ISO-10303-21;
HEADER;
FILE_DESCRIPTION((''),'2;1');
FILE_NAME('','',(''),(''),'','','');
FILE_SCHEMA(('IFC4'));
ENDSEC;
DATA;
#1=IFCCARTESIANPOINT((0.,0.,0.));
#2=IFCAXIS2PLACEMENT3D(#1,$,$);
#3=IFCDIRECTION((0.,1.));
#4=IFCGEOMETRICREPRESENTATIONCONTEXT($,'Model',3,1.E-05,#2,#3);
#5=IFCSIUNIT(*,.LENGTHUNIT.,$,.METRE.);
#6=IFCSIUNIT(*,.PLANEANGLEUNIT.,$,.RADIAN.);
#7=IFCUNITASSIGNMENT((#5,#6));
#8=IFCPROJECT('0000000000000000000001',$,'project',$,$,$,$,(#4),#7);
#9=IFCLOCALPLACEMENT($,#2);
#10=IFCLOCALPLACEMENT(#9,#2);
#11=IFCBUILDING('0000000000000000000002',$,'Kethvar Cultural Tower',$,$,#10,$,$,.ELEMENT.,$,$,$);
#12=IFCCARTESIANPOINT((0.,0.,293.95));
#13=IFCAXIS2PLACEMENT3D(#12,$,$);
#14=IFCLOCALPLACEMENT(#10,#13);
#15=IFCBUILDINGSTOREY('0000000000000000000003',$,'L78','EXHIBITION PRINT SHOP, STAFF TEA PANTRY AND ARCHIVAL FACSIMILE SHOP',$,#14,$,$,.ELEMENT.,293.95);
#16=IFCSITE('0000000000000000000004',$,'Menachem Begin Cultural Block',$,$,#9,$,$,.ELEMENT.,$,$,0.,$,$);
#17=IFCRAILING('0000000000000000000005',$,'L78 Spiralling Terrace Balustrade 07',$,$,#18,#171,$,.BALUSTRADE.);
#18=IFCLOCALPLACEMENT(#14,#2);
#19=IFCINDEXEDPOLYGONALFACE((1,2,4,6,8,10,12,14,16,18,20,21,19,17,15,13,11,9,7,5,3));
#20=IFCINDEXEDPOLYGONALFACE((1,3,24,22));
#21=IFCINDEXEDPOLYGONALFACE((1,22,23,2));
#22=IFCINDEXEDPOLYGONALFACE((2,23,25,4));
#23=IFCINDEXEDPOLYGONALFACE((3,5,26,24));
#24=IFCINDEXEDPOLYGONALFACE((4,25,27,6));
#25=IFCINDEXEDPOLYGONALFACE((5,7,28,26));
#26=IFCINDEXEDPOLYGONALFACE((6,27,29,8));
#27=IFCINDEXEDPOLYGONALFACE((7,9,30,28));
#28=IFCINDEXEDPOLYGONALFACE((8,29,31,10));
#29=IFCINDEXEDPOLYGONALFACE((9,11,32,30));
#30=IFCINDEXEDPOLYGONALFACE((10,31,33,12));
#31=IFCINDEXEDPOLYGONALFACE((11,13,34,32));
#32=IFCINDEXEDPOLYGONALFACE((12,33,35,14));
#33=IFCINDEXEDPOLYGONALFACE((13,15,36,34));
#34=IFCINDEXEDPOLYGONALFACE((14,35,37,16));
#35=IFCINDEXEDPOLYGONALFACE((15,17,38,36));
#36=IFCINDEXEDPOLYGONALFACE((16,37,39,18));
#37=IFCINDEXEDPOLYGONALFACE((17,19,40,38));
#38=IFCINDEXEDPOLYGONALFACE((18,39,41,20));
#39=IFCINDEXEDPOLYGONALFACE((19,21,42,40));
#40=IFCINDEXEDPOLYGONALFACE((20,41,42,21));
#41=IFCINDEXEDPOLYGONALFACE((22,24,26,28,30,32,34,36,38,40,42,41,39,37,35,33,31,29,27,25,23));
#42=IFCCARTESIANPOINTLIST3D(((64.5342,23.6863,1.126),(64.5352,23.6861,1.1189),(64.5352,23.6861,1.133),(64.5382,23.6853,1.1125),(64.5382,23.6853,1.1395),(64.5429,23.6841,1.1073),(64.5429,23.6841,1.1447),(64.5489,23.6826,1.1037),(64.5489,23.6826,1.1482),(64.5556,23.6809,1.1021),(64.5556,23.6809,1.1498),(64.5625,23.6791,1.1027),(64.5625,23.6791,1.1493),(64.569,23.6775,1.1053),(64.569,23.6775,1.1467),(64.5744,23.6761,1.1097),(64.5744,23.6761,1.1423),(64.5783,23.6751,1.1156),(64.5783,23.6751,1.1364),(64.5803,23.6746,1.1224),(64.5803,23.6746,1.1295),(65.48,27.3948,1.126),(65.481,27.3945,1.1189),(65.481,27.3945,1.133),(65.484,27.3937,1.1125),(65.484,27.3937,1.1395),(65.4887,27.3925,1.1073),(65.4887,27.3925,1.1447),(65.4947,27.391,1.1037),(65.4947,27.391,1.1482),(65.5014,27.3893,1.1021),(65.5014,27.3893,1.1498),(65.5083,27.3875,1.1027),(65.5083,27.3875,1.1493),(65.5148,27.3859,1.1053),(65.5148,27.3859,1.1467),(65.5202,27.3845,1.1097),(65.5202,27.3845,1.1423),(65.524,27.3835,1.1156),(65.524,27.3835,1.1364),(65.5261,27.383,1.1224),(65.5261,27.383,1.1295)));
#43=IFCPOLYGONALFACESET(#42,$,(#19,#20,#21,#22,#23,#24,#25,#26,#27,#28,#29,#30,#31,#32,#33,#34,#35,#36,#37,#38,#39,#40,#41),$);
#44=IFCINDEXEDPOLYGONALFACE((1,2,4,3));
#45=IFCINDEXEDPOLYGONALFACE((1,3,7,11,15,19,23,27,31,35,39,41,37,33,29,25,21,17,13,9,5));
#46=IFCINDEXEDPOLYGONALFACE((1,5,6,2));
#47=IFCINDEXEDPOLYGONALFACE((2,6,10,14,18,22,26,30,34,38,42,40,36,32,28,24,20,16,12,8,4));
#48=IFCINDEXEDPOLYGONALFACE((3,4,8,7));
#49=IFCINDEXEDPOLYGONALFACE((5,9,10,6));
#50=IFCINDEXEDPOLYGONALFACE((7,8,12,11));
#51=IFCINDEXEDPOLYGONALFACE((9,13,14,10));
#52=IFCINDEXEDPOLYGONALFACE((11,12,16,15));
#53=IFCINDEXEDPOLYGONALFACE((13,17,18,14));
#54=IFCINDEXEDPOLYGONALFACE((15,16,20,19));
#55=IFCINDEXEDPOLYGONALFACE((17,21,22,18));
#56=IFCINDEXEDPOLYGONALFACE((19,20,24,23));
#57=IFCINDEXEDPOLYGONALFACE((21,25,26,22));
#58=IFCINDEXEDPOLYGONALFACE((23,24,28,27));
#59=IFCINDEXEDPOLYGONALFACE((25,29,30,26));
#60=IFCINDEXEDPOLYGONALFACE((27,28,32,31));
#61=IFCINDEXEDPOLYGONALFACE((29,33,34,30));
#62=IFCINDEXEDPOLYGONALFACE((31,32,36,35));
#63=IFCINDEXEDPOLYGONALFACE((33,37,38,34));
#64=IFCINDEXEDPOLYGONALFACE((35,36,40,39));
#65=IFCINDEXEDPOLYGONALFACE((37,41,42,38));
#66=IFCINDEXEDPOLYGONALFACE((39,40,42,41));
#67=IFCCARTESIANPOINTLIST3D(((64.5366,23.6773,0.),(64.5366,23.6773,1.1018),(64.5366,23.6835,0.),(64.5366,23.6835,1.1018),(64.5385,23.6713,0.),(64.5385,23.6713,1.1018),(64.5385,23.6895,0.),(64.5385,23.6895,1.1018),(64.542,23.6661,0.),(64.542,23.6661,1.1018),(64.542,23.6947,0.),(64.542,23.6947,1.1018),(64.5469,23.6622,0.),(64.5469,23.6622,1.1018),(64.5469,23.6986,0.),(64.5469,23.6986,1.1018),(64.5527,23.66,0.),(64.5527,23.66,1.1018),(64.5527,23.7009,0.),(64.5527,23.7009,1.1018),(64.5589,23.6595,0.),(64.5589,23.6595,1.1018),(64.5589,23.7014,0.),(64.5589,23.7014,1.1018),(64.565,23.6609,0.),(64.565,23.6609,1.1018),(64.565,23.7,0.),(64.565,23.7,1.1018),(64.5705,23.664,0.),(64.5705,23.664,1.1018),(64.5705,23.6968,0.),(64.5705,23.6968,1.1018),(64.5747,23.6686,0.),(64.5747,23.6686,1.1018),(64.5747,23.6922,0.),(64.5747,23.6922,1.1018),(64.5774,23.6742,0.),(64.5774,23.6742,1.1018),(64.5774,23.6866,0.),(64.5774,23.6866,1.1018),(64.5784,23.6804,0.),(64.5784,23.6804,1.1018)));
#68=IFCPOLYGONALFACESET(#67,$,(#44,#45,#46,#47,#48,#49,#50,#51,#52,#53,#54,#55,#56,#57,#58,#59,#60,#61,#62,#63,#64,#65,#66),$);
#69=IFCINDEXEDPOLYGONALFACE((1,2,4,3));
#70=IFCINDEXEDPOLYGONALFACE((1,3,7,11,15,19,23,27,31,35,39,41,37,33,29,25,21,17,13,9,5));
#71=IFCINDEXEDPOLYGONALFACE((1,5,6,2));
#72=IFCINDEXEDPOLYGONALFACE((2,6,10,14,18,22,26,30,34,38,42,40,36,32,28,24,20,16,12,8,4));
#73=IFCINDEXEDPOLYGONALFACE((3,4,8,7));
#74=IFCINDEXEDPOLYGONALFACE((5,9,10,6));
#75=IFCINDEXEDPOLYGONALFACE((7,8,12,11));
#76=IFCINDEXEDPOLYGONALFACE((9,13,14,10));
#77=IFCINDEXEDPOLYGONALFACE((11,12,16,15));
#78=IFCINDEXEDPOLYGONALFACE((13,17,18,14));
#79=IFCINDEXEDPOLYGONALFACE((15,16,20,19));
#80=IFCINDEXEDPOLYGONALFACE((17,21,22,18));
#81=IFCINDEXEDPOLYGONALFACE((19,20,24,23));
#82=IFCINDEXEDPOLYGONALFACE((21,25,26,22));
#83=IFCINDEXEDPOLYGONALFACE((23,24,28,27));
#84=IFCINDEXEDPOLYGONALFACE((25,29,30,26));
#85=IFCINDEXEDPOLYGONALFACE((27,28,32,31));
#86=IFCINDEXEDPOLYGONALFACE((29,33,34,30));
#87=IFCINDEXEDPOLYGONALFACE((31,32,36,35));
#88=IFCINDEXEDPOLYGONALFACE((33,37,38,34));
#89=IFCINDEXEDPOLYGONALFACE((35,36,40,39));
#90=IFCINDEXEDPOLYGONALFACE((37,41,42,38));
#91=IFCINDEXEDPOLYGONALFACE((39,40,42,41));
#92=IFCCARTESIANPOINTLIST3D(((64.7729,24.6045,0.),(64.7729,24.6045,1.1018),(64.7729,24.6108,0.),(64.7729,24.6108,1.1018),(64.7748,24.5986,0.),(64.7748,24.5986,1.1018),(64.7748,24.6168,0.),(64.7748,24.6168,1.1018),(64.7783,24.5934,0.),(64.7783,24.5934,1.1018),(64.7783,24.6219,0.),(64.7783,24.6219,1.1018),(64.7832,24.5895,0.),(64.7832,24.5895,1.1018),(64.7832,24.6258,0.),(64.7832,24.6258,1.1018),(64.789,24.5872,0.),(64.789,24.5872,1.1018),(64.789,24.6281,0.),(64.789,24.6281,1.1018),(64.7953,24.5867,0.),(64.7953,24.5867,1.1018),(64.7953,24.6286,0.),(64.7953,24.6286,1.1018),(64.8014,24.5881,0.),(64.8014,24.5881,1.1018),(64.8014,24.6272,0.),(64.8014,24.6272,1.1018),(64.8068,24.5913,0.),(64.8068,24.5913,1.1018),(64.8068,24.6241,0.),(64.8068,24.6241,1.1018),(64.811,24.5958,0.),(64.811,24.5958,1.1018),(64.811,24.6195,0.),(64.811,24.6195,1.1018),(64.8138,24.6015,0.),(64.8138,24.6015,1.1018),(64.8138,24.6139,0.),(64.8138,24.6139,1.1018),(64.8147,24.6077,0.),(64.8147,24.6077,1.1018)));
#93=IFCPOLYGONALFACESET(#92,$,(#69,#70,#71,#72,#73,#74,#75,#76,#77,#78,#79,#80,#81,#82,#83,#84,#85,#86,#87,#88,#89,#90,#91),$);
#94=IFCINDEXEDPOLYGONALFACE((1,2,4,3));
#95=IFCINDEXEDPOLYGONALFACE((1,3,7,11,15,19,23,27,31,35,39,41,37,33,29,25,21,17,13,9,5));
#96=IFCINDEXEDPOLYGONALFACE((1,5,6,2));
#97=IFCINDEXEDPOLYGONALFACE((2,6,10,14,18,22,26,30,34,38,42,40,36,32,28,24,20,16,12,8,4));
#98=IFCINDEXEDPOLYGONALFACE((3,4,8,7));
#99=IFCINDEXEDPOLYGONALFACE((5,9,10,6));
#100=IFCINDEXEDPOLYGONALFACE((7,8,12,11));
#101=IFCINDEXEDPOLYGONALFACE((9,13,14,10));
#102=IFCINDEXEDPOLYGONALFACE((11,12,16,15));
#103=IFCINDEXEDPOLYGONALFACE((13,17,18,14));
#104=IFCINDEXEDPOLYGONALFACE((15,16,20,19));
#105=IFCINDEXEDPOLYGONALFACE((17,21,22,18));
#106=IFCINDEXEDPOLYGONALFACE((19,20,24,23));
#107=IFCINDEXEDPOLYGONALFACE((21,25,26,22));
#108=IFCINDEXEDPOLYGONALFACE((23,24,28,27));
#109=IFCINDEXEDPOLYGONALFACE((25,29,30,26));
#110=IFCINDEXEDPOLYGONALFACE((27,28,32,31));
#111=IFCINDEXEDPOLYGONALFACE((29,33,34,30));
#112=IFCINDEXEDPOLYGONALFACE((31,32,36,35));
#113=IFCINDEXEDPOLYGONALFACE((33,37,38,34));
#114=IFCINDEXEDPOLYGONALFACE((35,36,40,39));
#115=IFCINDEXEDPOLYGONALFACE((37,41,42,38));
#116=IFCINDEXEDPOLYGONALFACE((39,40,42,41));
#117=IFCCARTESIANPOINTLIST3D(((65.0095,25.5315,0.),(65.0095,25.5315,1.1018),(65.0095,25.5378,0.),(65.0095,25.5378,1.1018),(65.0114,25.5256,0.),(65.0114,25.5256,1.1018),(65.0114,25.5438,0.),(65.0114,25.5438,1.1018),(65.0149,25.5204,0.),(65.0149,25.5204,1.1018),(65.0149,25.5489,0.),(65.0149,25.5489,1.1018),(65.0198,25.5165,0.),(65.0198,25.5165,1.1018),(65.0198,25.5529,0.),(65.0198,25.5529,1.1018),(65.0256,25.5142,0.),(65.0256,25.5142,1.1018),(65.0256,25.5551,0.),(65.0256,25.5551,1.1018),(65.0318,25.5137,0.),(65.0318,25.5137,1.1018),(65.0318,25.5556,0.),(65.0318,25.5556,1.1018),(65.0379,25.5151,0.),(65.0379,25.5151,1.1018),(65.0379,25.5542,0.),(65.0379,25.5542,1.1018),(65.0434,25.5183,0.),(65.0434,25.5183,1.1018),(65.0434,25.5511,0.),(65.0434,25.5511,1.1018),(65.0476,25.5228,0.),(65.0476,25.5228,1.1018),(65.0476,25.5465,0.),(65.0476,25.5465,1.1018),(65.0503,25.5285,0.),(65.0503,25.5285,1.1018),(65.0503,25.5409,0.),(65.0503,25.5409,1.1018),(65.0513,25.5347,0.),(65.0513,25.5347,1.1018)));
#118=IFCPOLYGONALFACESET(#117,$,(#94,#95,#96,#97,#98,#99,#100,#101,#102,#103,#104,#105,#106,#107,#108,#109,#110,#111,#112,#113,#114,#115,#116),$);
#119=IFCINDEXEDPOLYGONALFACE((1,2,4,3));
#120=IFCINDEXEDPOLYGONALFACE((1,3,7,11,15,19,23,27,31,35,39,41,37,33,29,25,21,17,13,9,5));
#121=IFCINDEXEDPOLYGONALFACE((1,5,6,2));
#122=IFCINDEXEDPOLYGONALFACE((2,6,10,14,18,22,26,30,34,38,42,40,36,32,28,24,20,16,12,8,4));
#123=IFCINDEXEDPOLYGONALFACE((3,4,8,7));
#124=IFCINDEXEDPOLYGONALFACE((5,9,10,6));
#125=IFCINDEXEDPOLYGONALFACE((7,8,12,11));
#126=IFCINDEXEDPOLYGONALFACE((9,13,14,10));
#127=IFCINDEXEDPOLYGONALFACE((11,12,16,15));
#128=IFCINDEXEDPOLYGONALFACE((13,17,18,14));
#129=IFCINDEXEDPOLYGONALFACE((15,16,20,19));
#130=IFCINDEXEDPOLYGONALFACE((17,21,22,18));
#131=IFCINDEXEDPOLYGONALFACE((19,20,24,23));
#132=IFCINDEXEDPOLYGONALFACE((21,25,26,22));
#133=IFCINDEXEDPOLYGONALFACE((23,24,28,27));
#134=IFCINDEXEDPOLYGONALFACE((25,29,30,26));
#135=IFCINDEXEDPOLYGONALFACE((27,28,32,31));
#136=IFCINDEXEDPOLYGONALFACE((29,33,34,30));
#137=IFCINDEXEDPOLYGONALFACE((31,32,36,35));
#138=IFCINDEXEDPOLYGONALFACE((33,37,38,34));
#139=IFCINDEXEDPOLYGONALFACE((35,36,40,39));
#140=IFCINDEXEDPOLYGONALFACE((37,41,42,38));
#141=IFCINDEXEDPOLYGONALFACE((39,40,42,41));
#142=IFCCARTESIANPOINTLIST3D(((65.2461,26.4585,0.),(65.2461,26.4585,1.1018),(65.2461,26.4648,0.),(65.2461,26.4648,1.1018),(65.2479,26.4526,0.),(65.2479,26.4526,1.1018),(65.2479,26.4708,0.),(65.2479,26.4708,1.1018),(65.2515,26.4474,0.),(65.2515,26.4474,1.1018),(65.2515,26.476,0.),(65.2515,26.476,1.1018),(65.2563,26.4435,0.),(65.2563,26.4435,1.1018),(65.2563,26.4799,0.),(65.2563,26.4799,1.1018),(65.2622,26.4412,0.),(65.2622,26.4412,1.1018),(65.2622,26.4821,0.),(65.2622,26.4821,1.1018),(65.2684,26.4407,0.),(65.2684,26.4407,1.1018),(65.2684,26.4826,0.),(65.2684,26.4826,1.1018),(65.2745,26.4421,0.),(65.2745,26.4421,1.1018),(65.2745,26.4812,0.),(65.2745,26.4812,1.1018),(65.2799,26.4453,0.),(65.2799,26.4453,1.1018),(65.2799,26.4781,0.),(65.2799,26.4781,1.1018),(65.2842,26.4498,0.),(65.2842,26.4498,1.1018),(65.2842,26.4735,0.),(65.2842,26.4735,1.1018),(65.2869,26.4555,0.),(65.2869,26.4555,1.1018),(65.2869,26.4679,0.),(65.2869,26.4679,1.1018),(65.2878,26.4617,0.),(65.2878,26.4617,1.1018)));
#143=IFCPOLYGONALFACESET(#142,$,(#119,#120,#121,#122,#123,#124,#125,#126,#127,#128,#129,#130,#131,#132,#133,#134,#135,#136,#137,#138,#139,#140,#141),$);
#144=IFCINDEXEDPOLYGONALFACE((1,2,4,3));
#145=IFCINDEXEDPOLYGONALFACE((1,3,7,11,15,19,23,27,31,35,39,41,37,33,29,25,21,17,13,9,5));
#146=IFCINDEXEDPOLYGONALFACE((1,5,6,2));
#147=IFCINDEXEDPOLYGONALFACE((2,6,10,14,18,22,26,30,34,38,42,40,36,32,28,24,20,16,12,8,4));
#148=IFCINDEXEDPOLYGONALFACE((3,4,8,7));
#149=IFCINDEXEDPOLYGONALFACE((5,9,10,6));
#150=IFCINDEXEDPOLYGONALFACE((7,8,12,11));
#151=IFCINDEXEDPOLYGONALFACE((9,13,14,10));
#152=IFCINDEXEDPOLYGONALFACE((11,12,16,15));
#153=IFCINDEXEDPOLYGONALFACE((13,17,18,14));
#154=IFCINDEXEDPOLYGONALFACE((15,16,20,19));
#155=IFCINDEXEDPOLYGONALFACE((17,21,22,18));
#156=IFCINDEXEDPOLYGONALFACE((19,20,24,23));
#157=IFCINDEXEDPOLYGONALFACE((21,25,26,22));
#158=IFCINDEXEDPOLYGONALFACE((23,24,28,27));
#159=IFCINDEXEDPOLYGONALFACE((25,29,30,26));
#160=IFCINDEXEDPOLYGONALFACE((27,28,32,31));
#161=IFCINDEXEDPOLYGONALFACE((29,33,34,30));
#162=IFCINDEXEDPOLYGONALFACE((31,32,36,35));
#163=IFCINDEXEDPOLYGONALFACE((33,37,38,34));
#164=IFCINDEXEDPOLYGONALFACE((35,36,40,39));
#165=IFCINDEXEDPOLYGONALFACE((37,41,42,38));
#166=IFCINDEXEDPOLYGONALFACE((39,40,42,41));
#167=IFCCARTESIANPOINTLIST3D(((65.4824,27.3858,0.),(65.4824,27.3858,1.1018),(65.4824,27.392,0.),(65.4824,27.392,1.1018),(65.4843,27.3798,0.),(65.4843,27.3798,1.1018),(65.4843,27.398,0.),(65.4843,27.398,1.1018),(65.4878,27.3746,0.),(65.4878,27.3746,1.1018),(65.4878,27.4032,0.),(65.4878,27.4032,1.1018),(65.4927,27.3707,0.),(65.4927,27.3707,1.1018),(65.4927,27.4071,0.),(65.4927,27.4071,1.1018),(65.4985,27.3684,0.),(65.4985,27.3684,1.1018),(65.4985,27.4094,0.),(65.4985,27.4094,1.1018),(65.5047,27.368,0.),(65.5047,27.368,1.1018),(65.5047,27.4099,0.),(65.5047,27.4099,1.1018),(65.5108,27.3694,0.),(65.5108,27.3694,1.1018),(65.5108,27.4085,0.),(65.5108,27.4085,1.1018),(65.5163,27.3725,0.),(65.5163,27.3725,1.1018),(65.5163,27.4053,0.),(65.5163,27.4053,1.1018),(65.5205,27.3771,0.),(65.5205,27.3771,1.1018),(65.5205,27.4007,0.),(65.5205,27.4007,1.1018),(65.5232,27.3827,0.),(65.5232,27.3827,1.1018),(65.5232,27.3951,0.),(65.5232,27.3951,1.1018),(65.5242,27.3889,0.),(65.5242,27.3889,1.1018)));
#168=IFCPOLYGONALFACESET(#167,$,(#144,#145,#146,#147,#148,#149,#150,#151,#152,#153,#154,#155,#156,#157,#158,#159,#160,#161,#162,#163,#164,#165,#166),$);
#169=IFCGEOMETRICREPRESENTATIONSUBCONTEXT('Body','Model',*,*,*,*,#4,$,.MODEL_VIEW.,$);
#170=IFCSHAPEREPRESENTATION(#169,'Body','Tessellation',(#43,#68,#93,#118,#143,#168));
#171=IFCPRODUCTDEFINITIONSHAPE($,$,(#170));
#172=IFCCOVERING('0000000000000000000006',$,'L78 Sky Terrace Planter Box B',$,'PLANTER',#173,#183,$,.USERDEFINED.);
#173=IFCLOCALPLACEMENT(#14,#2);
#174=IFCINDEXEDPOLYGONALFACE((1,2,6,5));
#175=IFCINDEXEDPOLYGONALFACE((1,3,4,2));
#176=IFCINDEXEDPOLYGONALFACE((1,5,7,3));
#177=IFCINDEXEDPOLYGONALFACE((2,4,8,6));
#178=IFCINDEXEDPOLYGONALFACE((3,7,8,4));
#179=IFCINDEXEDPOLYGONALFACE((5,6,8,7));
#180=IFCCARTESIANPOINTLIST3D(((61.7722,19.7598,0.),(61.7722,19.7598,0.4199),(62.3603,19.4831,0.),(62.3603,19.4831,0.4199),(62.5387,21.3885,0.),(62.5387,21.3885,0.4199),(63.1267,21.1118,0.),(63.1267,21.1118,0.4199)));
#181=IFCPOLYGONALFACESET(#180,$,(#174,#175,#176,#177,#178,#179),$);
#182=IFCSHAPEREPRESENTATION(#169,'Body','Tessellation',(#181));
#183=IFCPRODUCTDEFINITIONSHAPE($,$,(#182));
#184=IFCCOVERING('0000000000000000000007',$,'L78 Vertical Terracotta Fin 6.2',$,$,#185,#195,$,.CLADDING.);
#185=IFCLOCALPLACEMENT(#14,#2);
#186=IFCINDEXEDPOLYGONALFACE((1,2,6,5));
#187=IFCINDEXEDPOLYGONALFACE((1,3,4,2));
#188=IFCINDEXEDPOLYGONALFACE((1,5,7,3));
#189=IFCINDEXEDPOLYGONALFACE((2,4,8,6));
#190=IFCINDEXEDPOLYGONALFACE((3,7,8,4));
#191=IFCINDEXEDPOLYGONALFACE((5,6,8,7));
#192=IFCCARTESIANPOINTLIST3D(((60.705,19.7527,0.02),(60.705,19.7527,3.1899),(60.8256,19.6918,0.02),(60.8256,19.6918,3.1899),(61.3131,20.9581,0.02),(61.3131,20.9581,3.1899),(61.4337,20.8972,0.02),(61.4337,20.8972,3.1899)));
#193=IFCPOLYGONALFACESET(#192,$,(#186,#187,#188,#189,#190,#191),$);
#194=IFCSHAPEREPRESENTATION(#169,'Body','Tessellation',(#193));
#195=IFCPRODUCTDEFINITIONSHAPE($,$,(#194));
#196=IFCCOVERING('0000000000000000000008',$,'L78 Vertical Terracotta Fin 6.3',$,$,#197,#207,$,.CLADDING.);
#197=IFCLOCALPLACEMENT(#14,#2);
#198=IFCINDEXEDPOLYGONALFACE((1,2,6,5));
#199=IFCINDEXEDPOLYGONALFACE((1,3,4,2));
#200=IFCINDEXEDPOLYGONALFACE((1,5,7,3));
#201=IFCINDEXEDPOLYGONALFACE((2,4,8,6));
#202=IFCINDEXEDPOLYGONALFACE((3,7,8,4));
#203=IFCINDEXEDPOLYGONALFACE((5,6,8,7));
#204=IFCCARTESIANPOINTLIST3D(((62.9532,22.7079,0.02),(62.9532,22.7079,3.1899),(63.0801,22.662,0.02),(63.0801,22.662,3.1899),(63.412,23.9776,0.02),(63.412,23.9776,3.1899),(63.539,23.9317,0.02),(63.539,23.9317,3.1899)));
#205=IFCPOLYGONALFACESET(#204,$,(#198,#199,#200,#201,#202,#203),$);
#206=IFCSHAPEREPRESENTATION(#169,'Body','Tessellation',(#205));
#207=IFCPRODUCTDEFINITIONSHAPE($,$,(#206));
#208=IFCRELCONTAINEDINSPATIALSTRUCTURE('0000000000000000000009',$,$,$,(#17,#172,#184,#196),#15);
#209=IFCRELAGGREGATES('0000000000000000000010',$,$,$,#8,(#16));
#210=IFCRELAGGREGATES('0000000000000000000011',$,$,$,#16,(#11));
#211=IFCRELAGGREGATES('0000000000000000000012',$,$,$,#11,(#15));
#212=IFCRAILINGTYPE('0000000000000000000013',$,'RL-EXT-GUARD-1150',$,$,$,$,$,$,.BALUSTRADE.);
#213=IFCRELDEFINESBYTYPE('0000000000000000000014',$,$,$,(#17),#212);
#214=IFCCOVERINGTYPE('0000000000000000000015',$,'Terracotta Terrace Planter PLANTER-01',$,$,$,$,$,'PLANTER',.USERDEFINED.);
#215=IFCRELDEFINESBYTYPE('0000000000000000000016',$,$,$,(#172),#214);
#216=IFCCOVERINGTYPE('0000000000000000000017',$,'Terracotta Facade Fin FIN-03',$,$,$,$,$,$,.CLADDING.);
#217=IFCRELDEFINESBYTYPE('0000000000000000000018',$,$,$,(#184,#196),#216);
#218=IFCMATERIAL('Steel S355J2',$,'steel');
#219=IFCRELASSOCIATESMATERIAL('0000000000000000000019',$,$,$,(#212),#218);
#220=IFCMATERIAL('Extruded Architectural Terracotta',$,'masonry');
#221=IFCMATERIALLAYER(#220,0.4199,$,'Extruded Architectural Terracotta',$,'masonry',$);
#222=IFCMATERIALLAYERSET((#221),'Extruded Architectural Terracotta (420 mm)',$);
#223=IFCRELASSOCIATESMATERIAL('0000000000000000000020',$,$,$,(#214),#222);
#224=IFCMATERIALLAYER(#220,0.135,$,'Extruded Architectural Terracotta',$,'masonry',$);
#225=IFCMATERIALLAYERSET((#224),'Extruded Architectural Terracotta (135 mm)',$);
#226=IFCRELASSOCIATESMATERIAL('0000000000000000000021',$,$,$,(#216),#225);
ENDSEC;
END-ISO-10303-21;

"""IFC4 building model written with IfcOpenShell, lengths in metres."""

from ifc_helpers import new_model, si_unit, direction, frame, origin, origin_2d, place, context, subcontext, project, spatial, rectangle, circle, extrude, source, transform, mapped, material, layer, layer_set, type_object, element, save


model = new_model("IFC4")

# Units and contexts
model_context = context("Model", 3, precision=1e-05, world=origin(), true_north=direction((0.0, 1.0)))
body_context = subcontext(model_context, "Body", "Model", "MODEL_VIEW")
ifc_project = project(units=[si_unit("LENGTHUNIT", "METRE"), si_unit("PLANEANGLEUNIT", "RADIAN")], contexts=[model_context])

# Site, building, storey
site_placement = place(None, origin())
site = spatial("IfcSite", under=ifc_project, at=site_placement, Name="Menachem Begin Cultural Block", CompositionType="ELEMENT", RefElevation=0.0)
building_placement = place(site_placement, origin())
building = spatial("IfcBuilding", under=site, at=building_placement, Name="Kethvar Cultural Tower", CompositionType="ELEMENT")
storey_placement = place(building_placement, frame((0.0, 0.0, 293.95)))
storey = spatial("IfcBuildingStorey", under=building, at=storey_placement, Name="L78", Description="EXHIBITION PRINT SHOP, STAFF TEA PANTRY AND ARCHIVAL FACSIMILE SHOP", CompositionType="ELEMENT", Elevation=293.95)

# Shared definitions
ifc_material_1 = material(Name="Steel S355J2", Category="steel")

# Railing
railing_type = type_object("IfcRailingType", Name="RL-EXT-GUARD-1150", PredefinedType="BALUSTRADE", material=ifc_material_1)
railing_placement = place(storey_placement, frame((64.5574, 23.6804, 0.0)))
element("IfcRailing", 1, at=railing_placement, inside=storey, type_object=railing_type, Name="L78 Spiralling Terrace Balustrade 07", PredefinedType="BALUSTRADE", context=body_context, shape_type="SweptSolid", body=[
    extrude(circle(Radius=0.0239, at=origin_2d()), frame((0.0, 0.0, 1.126), z_axis=(0.247126, 0.968983, 0.0), x_axis=(-0.968983, 0.247126, 0.0)), (0.0, 0.0, 1.0), 3.8271),
    extrude(circle(Radius=0.021, at=origin_2d()), origin(), (0.0, 0.0, 1.0), 1.1018),
    extrude(circle(Radius=0.021, at=origin_2d()), frame((0.2363, 0.9272, 0.0)), (0.0, 0.0, 1.0), 1.1018),
    extrude(circle(Radius=0.021, at=origin_2d()), frame((0.4729, 1.8542, 0.0)), (0.0, 0.0, 1.0), 1.1018),
    extrude(circle(Radius=0.021, at=origin_2d()), frame((0.7095, 2.7812, 0.0)), (0.0, 0.0, 1.0), 1.1018),
    extrude(circle(Radius=0.021, at=origin_2d()), frame((0.9458, 3.7085, 0.0)), (0.0, 0.0, 1.0), 1.1018),
])

# Coverings
ifc_material_2 = material(Name="Extruded Architectural Terracotta", Category="masonry")
ifc_layer_1 = layer(ifc_material_2, 0.4199, Name="Extruded Architectural Terracotta", Category="masonry")
ifc_layer_set_1 = layer_set([ifc_layer_1], Name="Extruded Architectural Terracotta (420 mm)")
covering_type_1 = type_object("IfcCoveringType", Name="Terracotta Terrace Planter PLANTER-01", ElementType="PLANTER", PredefinedType="USERDEFINED", material=ifc_layer_set_1)
shared_shape_1 = source(origin(), body_context, "Body", "SweptSolid", [
    extrude(rectangle(XDim=1.8, YDim=0.6499, at=origin_2d()), origin(), (0.0, 0.0, 1.0), 0.4199),
])
covering_placement = place(storey_placement, frame((62.4495, 20.4358, 0.0), z_axis=(0.0, 0.0, 1.0), x_axis=(0.425779, 0.904827, 0.0)))
element("IfcCovering", 2, at=covering_placement, inside=storey, type_object=covering_type_1, Name="L78 Sky Terrace Planter Box B", ObjectType="PLANTER", PredefinedType="USERDEFINED", context=body_context, shape_type="MappedRepresentation", body=[
    mapped(shared_shape_1, transform((0.0, 0.0, 0.0), scale=1.0)),
])
ifc_layer_2 = layer(ifc_material_2, 0.135, Name="Extruded Architectural Terracotta", Category="masonry")
ifc_layer_set_2 = layer_set([ifc_layer_2], Name="Extruded Architectural Terracotta (135 mm)")
covering_type_2 = type_object("IfcCoveringType", Name="Terracotta Facade Fin FIN-03", PredefinedType="CLADDING", material=ifc_layer_set_2)
shared_shape_2 = source(origin(), body_context, "Body", "SweptSolid", [
    extrude(rectangle(XDim=1.3501, YDim=0.135, at=origin_2d()), origin(), (0.0, 0.0, 1.0), 3.1699),
])
for number, where, z_axis, x_axis, name in (
    (3, (61.0693, 20.325, 0.02), (0.0, 0.0, 1.0), (-0.45041, -0.892822, 0.0), "L78 Vertical Terracotta Fin 6.2"),
    (4, (63.2461, 23.3198, 0.02), (0.0, 0.0, 1.0), (-0.339887, -0.940466, 0.0), "L78 Vertical Terracotta Fin 6.3"),
):
    element("IfcCovering", number, at=place(storey_placement, frame(where, z_axis=z_axis, x_axis=x_axis)), inside=storey, type_object=covering_type_2, Name=name, PredefinedType="CLADDING", context=body_context, shape_type="MappedRepresentation", body=[
        mapped(shared_shape_2, transform((0.0, 0.0, 0.0), scale=1.0)),
    ])

save(model, "model.ifc")
